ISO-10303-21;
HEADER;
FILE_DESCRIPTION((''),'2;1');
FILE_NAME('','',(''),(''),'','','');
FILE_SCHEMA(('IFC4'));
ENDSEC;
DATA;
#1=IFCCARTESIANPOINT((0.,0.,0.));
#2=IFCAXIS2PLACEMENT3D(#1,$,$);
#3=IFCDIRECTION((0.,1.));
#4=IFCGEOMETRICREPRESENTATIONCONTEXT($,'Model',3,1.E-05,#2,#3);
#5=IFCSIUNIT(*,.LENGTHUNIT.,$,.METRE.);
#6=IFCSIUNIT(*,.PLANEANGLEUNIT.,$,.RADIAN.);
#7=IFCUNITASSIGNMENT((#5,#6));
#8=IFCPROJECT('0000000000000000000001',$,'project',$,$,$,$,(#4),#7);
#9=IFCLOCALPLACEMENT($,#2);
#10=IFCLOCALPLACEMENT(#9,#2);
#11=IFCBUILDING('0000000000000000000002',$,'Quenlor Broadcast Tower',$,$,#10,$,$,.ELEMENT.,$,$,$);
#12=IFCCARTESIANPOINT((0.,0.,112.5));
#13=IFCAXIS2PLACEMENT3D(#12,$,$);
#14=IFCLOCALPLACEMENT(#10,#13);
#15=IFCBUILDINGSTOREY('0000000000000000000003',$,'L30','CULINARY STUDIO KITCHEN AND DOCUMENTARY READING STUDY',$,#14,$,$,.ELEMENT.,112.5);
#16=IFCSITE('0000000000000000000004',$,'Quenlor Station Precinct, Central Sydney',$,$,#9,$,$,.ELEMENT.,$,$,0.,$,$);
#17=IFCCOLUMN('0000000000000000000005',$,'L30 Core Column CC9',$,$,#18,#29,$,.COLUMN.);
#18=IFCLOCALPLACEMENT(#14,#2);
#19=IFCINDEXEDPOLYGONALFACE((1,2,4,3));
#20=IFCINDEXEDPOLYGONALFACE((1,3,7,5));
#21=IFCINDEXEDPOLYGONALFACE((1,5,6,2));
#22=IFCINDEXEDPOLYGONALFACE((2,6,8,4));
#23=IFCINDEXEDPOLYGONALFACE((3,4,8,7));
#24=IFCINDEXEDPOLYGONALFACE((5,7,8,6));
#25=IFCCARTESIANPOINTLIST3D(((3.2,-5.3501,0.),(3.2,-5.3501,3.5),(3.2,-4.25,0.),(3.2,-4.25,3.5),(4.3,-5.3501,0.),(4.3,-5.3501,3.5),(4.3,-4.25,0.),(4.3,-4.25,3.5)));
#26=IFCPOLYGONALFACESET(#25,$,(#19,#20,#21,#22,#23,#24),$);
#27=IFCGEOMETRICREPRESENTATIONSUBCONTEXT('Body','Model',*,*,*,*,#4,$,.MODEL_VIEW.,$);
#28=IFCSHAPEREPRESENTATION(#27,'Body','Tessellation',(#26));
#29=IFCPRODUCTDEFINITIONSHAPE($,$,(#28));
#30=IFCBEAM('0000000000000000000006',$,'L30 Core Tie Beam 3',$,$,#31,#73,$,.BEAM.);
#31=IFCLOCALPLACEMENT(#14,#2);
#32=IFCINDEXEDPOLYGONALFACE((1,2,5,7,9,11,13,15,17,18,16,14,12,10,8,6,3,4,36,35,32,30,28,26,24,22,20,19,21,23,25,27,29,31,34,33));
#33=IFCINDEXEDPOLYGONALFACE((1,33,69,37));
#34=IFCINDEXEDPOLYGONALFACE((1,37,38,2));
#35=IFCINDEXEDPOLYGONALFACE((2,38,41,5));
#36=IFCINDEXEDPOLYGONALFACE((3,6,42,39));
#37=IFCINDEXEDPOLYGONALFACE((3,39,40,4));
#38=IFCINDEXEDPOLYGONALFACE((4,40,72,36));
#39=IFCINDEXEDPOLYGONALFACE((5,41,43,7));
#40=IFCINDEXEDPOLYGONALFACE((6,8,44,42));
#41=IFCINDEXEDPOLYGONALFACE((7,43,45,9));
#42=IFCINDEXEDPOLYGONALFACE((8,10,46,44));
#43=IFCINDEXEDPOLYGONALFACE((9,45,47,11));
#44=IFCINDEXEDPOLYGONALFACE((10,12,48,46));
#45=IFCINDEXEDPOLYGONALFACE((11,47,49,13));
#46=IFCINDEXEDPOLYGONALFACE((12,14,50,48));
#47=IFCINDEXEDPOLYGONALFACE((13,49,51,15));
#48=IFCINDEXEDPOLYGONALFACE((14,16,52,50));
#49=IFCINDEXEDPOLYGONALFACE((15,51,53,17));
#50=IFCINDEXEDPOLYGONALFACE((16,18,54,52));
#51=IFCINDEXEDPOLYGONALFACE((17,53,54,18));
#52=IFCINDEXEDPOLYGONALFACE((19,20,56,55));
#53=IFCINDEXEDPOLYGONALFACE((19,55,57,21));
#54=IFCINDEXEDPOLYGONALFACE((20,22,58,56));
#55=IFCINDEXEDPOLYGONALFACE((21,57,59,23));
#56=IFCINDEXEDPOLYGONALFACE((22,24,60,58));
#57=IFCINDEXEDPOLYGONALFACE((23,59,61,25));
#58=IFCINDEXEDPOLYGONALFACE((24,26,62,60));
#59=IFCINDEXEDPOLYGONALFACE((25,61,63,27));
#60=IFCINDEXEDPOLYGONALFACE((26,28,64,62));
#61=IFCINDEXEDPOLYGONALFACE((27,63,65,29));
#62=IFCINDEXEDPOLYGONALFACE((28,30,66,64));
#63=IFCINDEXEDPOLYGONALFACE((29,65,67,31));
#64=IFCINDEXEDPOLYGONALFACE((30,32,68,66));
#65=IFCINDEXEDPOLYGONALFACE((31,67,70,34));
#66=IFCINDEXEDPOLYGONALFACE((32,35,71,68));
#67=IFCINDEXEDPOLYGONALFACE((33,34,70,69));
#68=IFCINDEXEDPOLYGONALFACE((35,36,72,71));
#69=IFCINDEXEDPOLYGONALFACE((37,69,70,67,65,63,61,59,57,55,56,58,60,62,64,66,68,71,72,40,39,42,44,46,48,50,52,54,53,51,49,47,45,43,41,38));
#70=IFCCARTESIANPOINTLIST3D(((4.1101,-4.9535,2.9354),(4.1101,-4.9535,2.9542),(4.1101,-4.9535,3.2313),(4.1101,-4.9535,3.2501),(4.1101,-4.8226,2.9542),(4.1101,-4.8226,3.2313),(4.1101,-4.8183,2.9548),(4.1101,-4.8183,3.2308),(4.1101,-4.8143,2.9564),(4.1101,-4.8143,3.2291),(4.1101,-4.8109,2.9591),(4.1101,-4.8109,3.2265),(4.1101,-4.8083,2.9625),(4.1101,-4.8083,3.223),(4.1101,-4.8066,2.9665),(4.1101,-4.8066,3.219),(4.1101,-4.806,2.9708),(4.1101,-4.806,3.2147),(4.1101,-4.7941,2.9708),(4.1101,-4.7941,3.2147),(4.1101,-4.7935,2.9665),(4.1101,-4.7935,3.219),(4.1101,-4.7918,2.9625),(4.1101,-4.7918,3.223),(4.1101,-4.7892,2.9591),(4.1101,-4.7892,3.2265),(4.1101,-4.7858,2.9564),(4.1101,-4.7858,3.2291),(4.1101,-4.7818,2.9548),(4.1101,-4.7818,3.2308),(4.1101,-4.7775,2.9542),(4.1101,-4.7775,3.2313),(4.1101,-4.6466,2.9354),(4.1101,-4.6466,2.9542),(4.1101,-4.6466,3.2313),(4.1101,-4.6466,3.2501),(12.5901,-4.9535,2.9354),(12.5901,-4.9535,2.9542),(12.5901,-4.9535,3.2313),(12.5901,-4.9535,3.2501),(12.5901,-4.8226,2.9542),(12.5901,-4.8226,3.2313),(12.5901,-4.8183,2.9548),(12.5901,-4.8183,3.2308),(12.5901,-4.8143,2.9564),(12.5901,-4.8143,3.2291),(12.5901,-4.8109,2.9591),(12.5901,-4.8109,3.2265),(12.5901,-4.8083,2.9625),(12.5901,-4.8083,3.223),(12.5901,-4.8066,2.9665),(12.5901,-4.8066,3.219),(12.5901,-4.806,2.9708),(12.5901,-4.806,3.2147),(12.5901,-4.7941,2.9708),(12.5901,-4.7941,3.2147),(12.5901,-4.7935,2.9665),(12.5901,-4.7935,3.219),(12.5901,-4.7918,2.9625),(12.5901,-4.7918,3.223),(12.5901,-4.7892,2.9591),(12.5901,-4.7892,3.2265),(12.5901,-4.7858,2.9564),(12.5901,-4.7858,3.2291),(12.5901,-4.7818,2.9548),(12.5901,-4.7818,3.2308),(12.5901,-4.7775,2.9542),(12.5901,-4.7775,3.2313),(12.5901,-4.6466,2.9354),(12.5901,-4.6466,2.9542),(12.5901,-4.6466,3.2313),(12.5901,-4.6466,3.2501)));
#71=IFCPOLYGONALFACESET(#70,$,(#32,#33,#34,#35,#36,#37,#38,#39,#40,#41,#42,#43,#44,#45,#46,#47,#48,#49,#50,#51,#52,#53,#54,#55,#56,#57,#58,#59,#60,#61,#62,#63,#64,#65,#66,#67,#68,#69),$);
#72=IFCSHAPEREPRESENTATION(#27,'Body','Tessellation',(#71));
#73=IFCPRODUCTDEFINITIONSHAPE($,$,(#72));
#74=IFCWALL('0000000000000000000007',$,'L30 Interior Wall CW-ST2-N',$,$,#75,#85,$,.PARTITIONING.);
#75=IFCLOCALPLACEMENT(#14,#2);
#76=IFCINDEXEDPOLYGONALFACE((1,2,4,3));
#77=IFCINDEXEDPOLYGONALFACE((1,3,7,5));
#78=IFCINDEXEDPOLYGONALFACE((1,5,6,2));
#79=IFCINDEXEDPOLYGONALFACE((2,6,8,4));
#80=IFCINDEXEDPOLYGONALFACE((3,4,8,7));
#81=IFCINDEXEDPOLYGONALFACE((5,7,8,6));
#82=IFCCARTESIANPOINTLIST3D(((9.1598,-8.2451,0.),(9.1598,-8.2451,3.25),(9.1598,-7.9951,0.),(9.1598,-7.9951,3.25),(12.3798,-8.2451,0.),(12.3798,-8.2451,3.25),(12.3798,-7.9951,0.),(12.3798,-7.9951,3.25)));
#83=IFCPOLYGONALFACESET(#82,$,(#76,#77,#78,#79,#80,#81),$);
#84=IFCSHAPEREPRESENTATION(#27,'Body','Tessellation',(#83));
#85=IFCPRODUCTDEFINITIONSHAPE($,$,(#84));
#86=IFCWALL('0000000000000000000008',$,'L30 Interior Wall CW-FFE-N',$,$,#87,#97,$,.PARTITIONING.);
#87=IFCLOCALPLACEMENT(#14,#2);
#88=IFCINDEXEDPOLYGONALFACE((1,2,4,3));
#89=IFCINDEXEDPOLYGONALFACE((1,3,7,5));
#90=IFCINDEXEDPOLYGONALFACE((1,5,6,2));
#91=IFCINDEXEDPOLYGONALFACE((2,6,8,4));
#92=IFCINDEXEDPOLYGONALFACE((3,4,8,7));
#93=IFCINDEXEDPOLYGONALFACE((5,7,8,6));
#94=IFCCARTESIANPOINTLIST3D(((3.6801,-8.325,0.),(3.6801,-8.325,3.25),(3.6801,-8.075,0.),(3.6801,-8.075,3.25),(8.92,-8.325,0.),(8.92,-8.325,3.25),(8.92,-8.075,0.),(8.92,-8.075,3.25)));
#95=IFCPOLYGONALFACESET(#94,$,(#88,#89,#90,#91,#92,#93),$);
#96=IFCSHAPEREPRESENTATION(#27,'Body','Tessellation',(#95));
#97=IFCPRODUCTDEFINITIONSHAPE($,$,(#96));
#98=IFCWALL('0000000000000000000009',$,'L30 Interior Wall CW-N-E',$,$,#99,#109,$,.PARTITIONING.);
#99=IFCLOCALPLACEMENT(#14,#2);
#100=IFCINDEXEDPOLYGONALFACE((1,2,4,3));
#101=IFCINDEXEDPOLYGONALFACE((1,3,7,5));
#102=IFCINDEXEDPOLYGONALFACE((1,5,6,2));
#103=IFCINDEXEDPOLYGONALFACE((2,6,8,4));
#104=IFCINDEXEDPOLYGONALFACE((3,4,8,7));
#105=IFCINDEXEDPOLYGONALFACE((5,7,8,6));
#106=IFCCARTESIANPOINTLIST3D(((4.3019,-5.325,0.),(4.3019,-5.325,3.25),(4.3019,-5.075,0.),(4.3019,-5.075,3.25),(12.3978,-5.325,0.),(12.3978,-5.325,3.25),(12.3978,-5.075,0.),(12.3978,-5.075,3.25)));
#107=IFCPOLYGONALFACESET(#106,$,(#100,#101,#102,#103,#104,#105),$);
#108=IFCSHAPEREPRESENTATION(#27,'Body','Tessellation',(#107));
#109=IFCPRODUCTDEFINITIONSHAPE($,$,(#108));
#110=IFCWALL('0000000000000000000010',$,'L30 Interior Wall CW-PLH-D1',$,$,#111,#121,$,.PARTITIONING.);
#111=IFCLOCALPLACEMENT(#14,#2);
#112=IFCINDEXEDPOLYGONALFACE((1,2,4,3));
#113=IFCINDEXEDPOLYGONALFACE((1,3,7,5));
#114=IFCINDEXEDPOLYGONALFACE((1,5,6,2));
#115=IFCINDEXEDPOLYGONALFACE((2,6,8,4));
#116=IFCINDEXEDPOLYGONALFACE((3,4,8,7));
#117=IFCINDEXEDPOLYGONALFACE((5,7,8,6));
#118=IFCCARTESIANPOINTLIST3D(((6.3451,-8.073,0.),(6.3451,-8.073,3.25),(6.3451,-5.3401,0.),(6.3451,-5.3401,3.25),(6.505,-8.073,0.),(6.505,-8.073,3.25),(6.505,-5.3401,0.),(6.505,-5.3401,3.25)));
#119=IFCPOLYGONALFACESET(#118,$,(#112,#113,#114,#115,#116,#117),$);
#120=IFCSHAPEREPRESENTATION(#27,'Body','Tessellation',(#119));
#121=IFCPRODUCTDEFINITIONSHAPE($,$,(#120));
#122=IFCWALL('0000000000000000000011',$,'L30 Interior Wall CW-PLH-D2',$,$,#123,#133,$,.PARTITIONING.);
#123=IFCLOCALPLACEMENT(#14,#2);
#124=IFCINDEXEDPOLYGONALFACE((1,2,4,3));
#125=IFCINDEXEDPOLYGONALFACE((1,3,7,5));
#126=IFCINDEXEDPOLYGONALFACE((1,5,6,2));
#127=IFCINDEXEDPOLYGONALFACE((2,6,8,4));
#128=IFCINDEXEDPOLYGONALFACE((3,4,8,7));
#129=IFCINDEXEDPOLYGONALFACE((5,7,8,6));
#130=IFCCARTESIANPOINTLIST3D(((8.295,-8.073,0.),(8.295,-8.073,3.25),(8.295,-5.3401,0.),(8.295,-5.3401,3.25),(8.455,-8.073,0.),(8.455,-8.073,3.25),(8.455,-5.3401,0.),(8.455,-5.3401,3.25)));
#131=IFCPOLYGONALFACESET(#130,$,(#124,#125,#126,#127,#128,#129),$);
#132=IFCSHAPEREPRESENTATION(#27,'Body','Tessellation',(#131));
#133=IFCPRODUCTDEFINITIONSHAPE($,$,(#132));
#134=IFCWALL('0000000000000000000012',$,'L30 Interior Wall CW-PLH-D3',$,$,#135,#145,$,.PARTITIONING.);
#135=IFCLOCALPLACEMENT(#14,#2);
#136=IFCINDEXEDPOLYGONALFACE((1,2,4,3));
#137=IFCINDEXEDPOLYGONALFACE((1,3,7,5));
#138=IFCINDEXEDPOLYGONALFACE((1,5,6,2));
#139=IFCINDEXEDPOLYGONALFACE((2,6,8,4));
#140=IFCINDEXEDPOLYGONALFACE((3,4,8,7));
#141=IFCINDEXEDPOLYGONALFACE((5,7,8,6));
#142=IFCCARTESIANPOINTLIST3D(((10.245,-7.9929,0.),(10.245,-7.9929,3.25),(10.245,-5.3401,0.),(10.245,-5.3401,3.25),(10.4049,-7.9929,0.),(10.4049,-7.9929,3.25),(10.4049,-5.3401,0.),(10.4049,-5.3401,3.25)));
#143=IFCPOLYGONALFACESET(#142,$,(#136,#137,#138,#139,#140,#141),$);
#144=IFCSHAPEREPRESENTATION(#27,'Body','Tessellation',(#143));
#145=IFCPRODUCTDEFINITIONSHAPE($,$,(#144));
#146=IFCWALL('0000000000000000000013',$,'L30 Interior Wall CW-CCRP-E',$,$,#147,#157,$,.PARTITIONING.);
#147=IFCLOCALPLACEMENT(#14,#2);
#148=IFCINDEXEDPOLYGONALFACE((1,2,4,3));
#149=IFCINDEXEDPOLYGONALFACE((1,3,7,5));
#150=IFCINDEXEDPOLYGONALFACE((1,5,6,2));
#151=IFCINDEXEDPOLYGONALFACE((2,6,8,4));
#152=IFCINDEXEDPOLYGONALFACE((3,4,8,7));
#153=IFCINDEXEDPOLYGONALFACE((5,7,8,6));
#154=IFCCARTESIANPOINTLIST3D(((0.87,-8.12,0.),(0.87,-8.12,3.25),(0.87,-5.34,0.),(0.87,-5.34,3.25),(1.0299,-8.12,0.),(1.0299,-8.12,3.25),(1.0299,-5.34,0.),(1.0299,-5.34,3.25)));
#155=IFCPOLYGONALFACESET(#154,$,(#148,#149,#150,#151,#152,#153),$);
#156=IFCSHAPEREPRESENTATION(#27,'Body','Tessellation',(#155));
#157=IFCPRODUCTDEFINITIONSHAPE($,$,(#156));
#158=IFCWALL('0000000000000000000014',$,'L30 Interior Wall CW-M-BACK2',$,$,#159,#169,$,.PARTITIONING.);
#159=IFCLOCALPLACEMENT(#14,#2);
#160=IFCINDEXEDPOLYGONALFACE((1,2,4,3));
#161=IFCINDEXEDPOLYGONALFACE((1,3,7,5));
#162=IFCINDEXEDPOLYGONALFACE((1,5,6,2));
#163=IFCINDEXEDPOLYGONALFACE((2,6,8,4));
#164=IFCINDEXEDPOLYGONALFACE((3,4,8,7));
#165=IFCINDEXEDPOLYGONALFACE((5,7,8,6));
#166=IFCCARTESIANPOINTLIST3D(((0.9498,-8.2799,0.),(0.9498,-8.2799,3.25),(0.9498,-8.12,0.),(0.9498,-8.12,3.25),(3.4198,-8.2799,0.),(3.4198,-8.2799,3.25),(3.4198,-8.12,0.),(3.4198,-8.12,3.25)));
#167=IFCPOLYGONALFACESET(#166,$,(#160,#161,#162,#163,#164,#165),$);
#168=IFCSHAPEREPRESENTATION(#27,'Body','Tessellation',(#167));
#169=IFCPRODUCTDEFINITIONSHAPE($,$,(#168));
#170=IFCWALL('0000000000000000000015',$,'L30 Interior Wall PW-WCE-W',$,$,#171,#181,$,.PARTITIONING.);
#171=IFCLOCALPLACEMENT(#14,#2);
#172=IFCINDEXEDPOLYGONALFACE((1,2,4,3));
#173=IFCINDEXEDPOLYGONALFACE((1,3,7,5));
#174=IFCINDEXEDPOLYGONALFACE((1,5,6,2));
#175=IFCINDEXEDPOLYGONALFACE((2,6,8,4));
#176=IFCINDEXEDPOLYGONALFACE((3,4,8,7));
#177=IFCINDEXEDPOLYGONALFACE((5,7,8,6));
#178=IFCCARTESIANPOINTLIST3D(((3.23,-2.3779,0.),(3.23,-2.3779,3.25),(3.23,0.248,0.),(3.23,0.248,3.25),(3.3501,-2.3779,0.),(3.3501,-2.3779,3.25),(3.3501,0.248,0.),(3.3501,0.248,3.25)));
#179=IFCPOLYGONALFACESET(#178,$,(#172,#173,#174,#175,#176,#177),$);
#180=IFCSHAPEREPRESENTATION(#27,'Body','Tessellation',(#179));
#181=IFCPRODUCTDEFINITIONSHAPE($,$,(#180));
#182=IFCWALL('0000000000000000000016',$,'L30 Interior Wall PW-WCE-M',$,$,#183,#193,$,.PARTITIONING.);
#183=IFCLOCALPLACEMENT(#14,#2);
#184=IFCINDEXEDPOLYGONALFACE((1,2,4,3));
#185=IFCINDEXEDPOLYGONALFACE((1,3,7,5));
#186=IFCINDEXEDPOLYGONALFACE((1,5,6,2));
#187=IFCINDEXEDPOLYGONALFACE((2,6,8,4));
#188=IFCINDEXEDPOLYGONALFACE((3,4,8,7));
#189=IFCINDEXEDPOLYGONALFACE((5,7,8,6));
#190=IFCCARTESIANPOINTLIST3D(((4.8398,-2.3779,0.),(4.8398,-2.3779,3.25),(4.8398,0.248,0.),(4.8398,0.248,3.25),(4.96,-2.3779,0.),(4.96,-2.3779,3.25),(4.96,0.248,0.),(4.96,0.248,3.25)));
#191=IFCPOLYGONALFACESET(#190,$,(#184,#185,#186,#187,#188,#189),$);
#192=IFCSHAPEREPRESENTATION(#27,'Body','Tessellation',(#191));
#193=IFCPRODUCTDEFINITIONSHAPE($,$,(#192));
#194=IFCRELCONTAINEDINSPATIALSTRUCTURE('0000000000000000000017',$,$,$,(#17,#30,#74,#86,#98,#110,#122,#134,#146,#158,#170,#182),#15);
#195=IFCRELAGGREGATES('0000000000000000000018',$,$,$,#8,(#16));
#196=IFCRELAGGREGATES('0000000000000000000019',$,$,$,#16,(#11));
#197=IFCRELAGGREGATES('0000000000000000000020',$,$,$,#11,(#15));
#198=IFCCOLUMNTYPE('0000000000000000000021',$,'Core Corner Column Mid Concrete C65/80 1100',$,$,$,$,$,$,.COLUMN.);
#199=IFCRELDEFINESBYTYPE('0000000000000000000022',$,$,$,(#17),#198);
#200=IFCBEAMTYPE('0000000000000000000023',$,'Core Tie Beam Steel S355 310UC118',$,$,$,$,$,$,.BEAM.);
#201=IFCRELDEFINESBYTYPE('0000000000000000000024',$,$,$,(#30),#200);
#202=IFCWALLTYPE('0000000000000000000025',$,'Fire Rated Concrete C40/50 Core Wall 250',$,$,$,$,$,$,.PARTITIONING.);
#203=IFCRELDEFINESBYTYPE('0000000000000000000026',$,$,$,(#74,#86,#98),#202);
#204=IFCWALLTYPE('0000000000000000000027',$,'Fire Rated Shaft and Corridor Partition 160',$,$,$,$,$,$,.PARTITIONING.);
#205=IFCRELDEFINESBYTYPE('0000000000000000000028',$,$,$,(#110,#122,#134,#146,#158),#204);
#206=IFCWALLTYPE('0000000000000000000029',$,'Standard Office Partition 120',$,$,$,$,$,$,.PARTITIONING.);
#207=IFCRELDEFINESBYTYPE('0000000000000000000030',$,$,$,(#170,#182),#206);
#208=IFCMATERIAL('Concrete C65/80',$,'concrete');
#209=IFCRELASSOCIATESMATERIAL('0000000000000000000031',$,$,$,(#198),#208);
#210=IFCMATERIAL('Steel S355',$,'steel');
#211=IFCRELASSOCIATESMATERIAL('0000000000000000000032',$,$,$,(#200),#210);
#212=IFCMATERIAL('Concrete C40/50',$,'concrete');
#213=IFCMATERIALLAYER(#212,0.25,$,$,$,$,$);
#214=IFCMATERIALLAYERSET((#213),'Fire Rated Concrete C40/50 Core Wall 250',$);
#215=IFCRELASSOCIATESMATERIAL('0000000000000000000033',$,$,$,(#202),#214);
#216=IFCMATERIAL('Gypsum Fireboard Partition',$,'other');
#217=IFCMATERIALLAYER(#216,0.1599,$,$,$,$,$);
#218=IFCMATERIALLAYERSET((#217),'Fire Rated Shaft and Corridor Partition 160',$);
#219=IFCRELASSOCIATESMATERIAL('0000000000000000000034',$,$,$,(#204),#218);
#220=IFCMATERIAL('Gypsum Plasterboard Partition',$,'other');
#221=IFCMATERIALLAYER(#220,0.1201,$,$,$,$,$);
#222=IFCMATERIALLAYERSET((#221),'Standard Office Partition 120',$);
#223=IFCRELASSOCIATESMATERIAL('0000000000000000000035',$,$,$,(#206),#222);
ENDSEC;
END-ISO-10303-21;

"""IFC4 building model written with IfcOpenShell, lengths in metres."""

from ifc_helpers import new_model, si_unit, direction, frame, frame_2d, origin, origin_2d, place, context, subcontext, project, spatial, rectangle, i_section, extrude, material, layer, layer_set, material_profile, profile_set, type_object, element, save


model = new_model("IFC4")

# Units and contexts
model_context = context("Model", 3, precision=1e-05, world=origin(), true_north=direction((0.0, 1.0)))
body_context = subcontext(model_context, "Body", "Model", "MODEL_VIEW")
ifc_project = project(units=[si_unit("LENGTHUNIT", "METRE"), si_unit("PLANEANGLEUNIT", "RADIAN")], contexts=[model_context])

# Site, building, storey
site_placement = place(None, origin())
site = spatial("IfcSite", under=ifc_project, at=site_placement, Name="Quenlor Station Precinct, Central Sydney", CompositionType="ELEMENT", RefElevation=0.0)
building_placement = place(site_placement, origin())
building = spatial("IfcBuilding", under=site, at=building_placement, Name="Quenlor Broadcast Tower", CompositionType="ELEMENT")
storey_placement = place(building_placement, frame((0.0, 0.0, 112.5)))
storey = spatial("IfcBuildingStorey", under=building, at=storey_placement, Name="L30", Description="CULINARY STUDIO KITCHEN AND DOCUMENTARY READING STUDY", CompositionType="ELEMENT", Elevation=112.5)

# Column
ifc_material_1 = material(Name="Concrete C65/80", Category="concrete")
ifc_material_profile_1 = material_profile(ifc_material_1, rectangle(XDim=1.1001, YDim=1.1001, at=origin_2d()))
ifc_profile_set_1 = profile_set([ifc_material_profile_1], Name="Concrete C65/80 RC1100x1100")
column_type = type_object("IfcColumnType", Name="Core Corner Column Mid Concrete C65/80 1100", PredefinedType="COLUMN", material=ifc_profile_set_1)
column_placement = place(storey_placement, frame((3.75, -4.8, 0.0), z_axis=(0.0, 0.0, 1.0), x_axis=(1.0, 0.0, 0.0)))
element("IfcColumn", 1, at=column_placement, inside=storey, type_object=column_type, Name="L30 Core Column CC9", PredefinedType="COLUMN", context=body_context, shape_type="SweptSolid", body=[
    extrude(rectangle(XDim=1.1001, YDim=1.1001, at=origin_2d()), origin(), (0.0, 0.0, 1.0), 3.5),
])

# Beam
ifc_material_2 = material(Name="Steel S355", Category="steel")
ifc_material_profile_2 = material_profile(ifc_material_2, i_section(OverallWidth=0.3069, OverallDepth=0.3147, WebThickness=0.012, FlangeThickness=0.0188, FilletRadius=0.0166, at=origin_2d()))
ifc_profile_set_2 = profile_set([ifc_material_profile_2], Name="Steel S355 310UC118")
beam_type = type_object("IfcBeamType", Name="Core Tie Beam Steel S355 310UC118", PredefinedType="BEAM", material=ifc_profile_set_2)
beam_placement = place(storey_placement, frame((4.1101, -4.8, 3.0928), z_axis=(1.0, 0.0, 0.0), x_axis=(0.0, 1.0, 0.0)))
element("IfcBeam", 2, at=beam_placement, inside=storey, type_object=beam_type, Name="L30 Core Tie Beam 3", PredefinedType="BEAM", context=body_context, shape_type="SweptSolid", body=[
    extrude(i_section(OverallWidth=0.3069, OverallDepth=0.3147, WebThickness=0.012, FlangeThickness=0.0188, FilletRadius=0.0166, at=origin_2d()), origin(), (0.0, 0.0, 1.0), 8.48),
])

# Walls
ifc_material_3 = material(Name="Concrete C40/50", Category="concrete")
ifc_layer_1 = layer(ifc_material_3, 0.25)
ifc_layer_set_1 = layer_set([ifc_layer_1], Name="Fire Rated Concrete C40/50 Core Wall 250")
wall_type_1 = type_object("IfcWallType", Name="Fire Rated Concrete C40/50 Core Wall 250", PredefinedType="PARTITIONING", material=ifc_layer_set_1)
wall_1_placement = place(storey_placement, frame((9.1599, -8.1201, 0.0), z_axis=(0.0, 0.0, 1.0), x_axis=(1.0, 0.0, 0.0)))
element("IfcWall", 3, at=wall_1_placement, inside=storey, type_object=wall_type_1, Name="L30 Interior Wall CW-ST2-N", PredefinedType="PARTITIONING", context=body_context, shape_type="SweptSolid", body=[
    extrude(rectangle(XDim=3.22, YDim=0.25, at=frame_2d((1.6099, 0.0))), origin(), (0.0, 0.0, 1.0), 3.25),
])
wall_2_placement = place(storey_placement, frame((3.6799, -8.2, 0.0), z_axis=(0.0, 0.0, 1.0), x_axis=(1.0, 0.0, 0.0)))
element("IfcWall", 4, at=wall_2_placement, inside=storey, type_object=wall_type_1, Name="L30 Interior Wall CW-FFE-N", PredefinedType="PARTITIONING", context=body_context, shape_type="SweptSolid", body=[
    extrude(rectangle(XDim=5.24, YDim=0.25, at=frame_2d((2.6201, 0.0))), origin(), (0.0, 0.0, 1.0), 3.25),
])
wall_3_placement = place(storey_placement, frame((4.302, -5.2, 0.0), z_axis=(0.0, 0.0, 1.0), x_axis=(1.0, 0.0, 0.0)))
element("IfcWall", 5, at=wall_3_placement, inside=storey, type_object=wall_type_1, Name="L30 Interior Wall CW-N-E", PredefinedType="PARTITIONING", context=body_context, shape_type="SweptSolid", body=[
    extrude(rectangle(XDim=8.0959, YDim=0.25, at=frame_2d((4.0479, 0.0))), origin(), (0.0, 0.0, 1.0), 3.25),
])

# Walls
ifc_material_4 = material(Name="Gypsum Fireboard Partition", Category="other")
ifc_layer_2 = layer(ifc_material_4, 0.1599)
ifc_layer_set_2 = layer_set([ifc_layer_2], Name="Fire Rated Shaft and Corridor Partition 160")
wall_type_2 = type_object("IfcWallType", Name="Fire Rated Shaft and Corridor Partition 160", PredefinedType="PARTITIONING", material=ifc_layer_set_2)
for number, where, z_axis, x_axis, name in (
    (6, (6.425, -8.073, 0.0), (0.0, 0.0, 1.0), (0.0, 1.0, 0.0), "L30 Interior Wall CW-PLH-D1"),
    (7, (8.375, -8.073, 0.0), (0.0, 0.0, 1.0), (0.0, 1.0, 0.0), "L30 Interior Wall CW-PLH-D2"),
):
    element("IfcWall", number, at=place(storey_placement, frame(where, z_axis=z_axis, x_axis=x_axis)), inside=storey, type_object=wall_type_2, Name=name, PredefinedType="PARTITIONING", context=body_context, shape_type="SweptSolid", body=[
        extrude(rectangle(XDim=2.7329, YDim=0.1599, at=frame_2d((1.3665, 0.0))), origin(), (0.0, 0.0, 1.0), 3.25),
    ])
wall_4_placement = place(storey_placement, frame((10.325, -7.9929, 0.0), z_axis=(0.0, 0.0, 1.0), x_axis=(0.0, 1.0, 0.0)))
element("IfcWall", 8, at=wall_4_placement, inside=storey, type_object=wall_type_2, Name="L30 Interior Wall CW-PLH-D3", PredefinedType="PARTITIONING", context=body_context, shape_type="SweptSolid", body=[
    extrude(rectangle(XDim=2.6528, YDim=0.1599, at=frame_2d((1.3264, 0.0))), origin(), (0.0, 0.0, 1.0), 3.25),
])
wall_5_placement = place(storey_placement, frame((0.95, -8.1201, 0.0), z_axis=(0.0, 0.0, 1.0), x_axis=(0.0, 1.0, 0.0)))
element("IfcWall", 9, at=wall_5_placement, inside=storey, type_object=wall_type_2, Name="L30 Interior Wall CW-CCRP-E", PredefinedType="PARTITIONING", context=body_context, shape_type="SweptSolid", body=[
    extrude(rectangle(XDim=2.78, YDim=0.1599, at=frame_2d((1.3901, 0.0))), origin(), (0.0, 0.0, 1.0), 3.25),
])
wall_6_placement = place(storey_placement, frame((0.95, -8.2, 0.0), z_axis=(0.0, 0.0, 1.0), x_axis=(1.0, 0.0, 0.0)))
element("IfcWall", 10, at=wall_6_placement, inside=storey, type_object=wall_type_2, Name="L30 Interior Wall CW-M-BACK2", PredefinedType="PARTITIONING", context=body_context, shape_type="SweptSolid", body=[
    extrude(rectangle(XDim=2.47, YDim=0.1599, at=frame_2d((1.2349, 0.0))), origin(), (0.0, 0.0, 1.0), 3.25),
])

# Shared definitions
ifc_material_5 = material(Name="Gypsum Plasterboard Partition", Category="other")
ifc_layer_3 = layer(ifc_material_5, 0.1201)
ifc_layer_set_3 = layer_set([ifc_layer_3], Name="Standard Office Partition 120")
wall_type_3 = type_object("IfcWallType", Name="Standard Office Partition 120", PredefinedType="PARTITIONING", material=ifc_layer_set_3)

# Walls
for number, where, z_axis, x_axis, name in (
    (11, (3.29, -2.3779, 0.0), (0.0, 0.0, 1.0), (0.0, 1.0, 0.0), "L30 Interior Wall PW-WCE-W"),
    (12, (4.8999, -2.3779, 0.0), (0.0, 0.0, 1.0), (0.0, 1.0, 0.0), "L30 Interior Wall PW-WCE-M"),
):
    element("IfcWall", number, at=place(storey_placement, frame(where, z_axis=z_axis, x_axis=x_axis)), inside=storey, type_object=wall_type_3, Name=name, PredefinedType="PARTITIONING", context=body_context, shape_type="SweptSolid", body=[
        extrude(rectangle(XDim=2.626, YDim=0.1201, at=frame_2d((1.313, 0.0))), origin(), (0.0, 0.0, 1.0), 3.25),
    ])

save(model, "model.ifc")
